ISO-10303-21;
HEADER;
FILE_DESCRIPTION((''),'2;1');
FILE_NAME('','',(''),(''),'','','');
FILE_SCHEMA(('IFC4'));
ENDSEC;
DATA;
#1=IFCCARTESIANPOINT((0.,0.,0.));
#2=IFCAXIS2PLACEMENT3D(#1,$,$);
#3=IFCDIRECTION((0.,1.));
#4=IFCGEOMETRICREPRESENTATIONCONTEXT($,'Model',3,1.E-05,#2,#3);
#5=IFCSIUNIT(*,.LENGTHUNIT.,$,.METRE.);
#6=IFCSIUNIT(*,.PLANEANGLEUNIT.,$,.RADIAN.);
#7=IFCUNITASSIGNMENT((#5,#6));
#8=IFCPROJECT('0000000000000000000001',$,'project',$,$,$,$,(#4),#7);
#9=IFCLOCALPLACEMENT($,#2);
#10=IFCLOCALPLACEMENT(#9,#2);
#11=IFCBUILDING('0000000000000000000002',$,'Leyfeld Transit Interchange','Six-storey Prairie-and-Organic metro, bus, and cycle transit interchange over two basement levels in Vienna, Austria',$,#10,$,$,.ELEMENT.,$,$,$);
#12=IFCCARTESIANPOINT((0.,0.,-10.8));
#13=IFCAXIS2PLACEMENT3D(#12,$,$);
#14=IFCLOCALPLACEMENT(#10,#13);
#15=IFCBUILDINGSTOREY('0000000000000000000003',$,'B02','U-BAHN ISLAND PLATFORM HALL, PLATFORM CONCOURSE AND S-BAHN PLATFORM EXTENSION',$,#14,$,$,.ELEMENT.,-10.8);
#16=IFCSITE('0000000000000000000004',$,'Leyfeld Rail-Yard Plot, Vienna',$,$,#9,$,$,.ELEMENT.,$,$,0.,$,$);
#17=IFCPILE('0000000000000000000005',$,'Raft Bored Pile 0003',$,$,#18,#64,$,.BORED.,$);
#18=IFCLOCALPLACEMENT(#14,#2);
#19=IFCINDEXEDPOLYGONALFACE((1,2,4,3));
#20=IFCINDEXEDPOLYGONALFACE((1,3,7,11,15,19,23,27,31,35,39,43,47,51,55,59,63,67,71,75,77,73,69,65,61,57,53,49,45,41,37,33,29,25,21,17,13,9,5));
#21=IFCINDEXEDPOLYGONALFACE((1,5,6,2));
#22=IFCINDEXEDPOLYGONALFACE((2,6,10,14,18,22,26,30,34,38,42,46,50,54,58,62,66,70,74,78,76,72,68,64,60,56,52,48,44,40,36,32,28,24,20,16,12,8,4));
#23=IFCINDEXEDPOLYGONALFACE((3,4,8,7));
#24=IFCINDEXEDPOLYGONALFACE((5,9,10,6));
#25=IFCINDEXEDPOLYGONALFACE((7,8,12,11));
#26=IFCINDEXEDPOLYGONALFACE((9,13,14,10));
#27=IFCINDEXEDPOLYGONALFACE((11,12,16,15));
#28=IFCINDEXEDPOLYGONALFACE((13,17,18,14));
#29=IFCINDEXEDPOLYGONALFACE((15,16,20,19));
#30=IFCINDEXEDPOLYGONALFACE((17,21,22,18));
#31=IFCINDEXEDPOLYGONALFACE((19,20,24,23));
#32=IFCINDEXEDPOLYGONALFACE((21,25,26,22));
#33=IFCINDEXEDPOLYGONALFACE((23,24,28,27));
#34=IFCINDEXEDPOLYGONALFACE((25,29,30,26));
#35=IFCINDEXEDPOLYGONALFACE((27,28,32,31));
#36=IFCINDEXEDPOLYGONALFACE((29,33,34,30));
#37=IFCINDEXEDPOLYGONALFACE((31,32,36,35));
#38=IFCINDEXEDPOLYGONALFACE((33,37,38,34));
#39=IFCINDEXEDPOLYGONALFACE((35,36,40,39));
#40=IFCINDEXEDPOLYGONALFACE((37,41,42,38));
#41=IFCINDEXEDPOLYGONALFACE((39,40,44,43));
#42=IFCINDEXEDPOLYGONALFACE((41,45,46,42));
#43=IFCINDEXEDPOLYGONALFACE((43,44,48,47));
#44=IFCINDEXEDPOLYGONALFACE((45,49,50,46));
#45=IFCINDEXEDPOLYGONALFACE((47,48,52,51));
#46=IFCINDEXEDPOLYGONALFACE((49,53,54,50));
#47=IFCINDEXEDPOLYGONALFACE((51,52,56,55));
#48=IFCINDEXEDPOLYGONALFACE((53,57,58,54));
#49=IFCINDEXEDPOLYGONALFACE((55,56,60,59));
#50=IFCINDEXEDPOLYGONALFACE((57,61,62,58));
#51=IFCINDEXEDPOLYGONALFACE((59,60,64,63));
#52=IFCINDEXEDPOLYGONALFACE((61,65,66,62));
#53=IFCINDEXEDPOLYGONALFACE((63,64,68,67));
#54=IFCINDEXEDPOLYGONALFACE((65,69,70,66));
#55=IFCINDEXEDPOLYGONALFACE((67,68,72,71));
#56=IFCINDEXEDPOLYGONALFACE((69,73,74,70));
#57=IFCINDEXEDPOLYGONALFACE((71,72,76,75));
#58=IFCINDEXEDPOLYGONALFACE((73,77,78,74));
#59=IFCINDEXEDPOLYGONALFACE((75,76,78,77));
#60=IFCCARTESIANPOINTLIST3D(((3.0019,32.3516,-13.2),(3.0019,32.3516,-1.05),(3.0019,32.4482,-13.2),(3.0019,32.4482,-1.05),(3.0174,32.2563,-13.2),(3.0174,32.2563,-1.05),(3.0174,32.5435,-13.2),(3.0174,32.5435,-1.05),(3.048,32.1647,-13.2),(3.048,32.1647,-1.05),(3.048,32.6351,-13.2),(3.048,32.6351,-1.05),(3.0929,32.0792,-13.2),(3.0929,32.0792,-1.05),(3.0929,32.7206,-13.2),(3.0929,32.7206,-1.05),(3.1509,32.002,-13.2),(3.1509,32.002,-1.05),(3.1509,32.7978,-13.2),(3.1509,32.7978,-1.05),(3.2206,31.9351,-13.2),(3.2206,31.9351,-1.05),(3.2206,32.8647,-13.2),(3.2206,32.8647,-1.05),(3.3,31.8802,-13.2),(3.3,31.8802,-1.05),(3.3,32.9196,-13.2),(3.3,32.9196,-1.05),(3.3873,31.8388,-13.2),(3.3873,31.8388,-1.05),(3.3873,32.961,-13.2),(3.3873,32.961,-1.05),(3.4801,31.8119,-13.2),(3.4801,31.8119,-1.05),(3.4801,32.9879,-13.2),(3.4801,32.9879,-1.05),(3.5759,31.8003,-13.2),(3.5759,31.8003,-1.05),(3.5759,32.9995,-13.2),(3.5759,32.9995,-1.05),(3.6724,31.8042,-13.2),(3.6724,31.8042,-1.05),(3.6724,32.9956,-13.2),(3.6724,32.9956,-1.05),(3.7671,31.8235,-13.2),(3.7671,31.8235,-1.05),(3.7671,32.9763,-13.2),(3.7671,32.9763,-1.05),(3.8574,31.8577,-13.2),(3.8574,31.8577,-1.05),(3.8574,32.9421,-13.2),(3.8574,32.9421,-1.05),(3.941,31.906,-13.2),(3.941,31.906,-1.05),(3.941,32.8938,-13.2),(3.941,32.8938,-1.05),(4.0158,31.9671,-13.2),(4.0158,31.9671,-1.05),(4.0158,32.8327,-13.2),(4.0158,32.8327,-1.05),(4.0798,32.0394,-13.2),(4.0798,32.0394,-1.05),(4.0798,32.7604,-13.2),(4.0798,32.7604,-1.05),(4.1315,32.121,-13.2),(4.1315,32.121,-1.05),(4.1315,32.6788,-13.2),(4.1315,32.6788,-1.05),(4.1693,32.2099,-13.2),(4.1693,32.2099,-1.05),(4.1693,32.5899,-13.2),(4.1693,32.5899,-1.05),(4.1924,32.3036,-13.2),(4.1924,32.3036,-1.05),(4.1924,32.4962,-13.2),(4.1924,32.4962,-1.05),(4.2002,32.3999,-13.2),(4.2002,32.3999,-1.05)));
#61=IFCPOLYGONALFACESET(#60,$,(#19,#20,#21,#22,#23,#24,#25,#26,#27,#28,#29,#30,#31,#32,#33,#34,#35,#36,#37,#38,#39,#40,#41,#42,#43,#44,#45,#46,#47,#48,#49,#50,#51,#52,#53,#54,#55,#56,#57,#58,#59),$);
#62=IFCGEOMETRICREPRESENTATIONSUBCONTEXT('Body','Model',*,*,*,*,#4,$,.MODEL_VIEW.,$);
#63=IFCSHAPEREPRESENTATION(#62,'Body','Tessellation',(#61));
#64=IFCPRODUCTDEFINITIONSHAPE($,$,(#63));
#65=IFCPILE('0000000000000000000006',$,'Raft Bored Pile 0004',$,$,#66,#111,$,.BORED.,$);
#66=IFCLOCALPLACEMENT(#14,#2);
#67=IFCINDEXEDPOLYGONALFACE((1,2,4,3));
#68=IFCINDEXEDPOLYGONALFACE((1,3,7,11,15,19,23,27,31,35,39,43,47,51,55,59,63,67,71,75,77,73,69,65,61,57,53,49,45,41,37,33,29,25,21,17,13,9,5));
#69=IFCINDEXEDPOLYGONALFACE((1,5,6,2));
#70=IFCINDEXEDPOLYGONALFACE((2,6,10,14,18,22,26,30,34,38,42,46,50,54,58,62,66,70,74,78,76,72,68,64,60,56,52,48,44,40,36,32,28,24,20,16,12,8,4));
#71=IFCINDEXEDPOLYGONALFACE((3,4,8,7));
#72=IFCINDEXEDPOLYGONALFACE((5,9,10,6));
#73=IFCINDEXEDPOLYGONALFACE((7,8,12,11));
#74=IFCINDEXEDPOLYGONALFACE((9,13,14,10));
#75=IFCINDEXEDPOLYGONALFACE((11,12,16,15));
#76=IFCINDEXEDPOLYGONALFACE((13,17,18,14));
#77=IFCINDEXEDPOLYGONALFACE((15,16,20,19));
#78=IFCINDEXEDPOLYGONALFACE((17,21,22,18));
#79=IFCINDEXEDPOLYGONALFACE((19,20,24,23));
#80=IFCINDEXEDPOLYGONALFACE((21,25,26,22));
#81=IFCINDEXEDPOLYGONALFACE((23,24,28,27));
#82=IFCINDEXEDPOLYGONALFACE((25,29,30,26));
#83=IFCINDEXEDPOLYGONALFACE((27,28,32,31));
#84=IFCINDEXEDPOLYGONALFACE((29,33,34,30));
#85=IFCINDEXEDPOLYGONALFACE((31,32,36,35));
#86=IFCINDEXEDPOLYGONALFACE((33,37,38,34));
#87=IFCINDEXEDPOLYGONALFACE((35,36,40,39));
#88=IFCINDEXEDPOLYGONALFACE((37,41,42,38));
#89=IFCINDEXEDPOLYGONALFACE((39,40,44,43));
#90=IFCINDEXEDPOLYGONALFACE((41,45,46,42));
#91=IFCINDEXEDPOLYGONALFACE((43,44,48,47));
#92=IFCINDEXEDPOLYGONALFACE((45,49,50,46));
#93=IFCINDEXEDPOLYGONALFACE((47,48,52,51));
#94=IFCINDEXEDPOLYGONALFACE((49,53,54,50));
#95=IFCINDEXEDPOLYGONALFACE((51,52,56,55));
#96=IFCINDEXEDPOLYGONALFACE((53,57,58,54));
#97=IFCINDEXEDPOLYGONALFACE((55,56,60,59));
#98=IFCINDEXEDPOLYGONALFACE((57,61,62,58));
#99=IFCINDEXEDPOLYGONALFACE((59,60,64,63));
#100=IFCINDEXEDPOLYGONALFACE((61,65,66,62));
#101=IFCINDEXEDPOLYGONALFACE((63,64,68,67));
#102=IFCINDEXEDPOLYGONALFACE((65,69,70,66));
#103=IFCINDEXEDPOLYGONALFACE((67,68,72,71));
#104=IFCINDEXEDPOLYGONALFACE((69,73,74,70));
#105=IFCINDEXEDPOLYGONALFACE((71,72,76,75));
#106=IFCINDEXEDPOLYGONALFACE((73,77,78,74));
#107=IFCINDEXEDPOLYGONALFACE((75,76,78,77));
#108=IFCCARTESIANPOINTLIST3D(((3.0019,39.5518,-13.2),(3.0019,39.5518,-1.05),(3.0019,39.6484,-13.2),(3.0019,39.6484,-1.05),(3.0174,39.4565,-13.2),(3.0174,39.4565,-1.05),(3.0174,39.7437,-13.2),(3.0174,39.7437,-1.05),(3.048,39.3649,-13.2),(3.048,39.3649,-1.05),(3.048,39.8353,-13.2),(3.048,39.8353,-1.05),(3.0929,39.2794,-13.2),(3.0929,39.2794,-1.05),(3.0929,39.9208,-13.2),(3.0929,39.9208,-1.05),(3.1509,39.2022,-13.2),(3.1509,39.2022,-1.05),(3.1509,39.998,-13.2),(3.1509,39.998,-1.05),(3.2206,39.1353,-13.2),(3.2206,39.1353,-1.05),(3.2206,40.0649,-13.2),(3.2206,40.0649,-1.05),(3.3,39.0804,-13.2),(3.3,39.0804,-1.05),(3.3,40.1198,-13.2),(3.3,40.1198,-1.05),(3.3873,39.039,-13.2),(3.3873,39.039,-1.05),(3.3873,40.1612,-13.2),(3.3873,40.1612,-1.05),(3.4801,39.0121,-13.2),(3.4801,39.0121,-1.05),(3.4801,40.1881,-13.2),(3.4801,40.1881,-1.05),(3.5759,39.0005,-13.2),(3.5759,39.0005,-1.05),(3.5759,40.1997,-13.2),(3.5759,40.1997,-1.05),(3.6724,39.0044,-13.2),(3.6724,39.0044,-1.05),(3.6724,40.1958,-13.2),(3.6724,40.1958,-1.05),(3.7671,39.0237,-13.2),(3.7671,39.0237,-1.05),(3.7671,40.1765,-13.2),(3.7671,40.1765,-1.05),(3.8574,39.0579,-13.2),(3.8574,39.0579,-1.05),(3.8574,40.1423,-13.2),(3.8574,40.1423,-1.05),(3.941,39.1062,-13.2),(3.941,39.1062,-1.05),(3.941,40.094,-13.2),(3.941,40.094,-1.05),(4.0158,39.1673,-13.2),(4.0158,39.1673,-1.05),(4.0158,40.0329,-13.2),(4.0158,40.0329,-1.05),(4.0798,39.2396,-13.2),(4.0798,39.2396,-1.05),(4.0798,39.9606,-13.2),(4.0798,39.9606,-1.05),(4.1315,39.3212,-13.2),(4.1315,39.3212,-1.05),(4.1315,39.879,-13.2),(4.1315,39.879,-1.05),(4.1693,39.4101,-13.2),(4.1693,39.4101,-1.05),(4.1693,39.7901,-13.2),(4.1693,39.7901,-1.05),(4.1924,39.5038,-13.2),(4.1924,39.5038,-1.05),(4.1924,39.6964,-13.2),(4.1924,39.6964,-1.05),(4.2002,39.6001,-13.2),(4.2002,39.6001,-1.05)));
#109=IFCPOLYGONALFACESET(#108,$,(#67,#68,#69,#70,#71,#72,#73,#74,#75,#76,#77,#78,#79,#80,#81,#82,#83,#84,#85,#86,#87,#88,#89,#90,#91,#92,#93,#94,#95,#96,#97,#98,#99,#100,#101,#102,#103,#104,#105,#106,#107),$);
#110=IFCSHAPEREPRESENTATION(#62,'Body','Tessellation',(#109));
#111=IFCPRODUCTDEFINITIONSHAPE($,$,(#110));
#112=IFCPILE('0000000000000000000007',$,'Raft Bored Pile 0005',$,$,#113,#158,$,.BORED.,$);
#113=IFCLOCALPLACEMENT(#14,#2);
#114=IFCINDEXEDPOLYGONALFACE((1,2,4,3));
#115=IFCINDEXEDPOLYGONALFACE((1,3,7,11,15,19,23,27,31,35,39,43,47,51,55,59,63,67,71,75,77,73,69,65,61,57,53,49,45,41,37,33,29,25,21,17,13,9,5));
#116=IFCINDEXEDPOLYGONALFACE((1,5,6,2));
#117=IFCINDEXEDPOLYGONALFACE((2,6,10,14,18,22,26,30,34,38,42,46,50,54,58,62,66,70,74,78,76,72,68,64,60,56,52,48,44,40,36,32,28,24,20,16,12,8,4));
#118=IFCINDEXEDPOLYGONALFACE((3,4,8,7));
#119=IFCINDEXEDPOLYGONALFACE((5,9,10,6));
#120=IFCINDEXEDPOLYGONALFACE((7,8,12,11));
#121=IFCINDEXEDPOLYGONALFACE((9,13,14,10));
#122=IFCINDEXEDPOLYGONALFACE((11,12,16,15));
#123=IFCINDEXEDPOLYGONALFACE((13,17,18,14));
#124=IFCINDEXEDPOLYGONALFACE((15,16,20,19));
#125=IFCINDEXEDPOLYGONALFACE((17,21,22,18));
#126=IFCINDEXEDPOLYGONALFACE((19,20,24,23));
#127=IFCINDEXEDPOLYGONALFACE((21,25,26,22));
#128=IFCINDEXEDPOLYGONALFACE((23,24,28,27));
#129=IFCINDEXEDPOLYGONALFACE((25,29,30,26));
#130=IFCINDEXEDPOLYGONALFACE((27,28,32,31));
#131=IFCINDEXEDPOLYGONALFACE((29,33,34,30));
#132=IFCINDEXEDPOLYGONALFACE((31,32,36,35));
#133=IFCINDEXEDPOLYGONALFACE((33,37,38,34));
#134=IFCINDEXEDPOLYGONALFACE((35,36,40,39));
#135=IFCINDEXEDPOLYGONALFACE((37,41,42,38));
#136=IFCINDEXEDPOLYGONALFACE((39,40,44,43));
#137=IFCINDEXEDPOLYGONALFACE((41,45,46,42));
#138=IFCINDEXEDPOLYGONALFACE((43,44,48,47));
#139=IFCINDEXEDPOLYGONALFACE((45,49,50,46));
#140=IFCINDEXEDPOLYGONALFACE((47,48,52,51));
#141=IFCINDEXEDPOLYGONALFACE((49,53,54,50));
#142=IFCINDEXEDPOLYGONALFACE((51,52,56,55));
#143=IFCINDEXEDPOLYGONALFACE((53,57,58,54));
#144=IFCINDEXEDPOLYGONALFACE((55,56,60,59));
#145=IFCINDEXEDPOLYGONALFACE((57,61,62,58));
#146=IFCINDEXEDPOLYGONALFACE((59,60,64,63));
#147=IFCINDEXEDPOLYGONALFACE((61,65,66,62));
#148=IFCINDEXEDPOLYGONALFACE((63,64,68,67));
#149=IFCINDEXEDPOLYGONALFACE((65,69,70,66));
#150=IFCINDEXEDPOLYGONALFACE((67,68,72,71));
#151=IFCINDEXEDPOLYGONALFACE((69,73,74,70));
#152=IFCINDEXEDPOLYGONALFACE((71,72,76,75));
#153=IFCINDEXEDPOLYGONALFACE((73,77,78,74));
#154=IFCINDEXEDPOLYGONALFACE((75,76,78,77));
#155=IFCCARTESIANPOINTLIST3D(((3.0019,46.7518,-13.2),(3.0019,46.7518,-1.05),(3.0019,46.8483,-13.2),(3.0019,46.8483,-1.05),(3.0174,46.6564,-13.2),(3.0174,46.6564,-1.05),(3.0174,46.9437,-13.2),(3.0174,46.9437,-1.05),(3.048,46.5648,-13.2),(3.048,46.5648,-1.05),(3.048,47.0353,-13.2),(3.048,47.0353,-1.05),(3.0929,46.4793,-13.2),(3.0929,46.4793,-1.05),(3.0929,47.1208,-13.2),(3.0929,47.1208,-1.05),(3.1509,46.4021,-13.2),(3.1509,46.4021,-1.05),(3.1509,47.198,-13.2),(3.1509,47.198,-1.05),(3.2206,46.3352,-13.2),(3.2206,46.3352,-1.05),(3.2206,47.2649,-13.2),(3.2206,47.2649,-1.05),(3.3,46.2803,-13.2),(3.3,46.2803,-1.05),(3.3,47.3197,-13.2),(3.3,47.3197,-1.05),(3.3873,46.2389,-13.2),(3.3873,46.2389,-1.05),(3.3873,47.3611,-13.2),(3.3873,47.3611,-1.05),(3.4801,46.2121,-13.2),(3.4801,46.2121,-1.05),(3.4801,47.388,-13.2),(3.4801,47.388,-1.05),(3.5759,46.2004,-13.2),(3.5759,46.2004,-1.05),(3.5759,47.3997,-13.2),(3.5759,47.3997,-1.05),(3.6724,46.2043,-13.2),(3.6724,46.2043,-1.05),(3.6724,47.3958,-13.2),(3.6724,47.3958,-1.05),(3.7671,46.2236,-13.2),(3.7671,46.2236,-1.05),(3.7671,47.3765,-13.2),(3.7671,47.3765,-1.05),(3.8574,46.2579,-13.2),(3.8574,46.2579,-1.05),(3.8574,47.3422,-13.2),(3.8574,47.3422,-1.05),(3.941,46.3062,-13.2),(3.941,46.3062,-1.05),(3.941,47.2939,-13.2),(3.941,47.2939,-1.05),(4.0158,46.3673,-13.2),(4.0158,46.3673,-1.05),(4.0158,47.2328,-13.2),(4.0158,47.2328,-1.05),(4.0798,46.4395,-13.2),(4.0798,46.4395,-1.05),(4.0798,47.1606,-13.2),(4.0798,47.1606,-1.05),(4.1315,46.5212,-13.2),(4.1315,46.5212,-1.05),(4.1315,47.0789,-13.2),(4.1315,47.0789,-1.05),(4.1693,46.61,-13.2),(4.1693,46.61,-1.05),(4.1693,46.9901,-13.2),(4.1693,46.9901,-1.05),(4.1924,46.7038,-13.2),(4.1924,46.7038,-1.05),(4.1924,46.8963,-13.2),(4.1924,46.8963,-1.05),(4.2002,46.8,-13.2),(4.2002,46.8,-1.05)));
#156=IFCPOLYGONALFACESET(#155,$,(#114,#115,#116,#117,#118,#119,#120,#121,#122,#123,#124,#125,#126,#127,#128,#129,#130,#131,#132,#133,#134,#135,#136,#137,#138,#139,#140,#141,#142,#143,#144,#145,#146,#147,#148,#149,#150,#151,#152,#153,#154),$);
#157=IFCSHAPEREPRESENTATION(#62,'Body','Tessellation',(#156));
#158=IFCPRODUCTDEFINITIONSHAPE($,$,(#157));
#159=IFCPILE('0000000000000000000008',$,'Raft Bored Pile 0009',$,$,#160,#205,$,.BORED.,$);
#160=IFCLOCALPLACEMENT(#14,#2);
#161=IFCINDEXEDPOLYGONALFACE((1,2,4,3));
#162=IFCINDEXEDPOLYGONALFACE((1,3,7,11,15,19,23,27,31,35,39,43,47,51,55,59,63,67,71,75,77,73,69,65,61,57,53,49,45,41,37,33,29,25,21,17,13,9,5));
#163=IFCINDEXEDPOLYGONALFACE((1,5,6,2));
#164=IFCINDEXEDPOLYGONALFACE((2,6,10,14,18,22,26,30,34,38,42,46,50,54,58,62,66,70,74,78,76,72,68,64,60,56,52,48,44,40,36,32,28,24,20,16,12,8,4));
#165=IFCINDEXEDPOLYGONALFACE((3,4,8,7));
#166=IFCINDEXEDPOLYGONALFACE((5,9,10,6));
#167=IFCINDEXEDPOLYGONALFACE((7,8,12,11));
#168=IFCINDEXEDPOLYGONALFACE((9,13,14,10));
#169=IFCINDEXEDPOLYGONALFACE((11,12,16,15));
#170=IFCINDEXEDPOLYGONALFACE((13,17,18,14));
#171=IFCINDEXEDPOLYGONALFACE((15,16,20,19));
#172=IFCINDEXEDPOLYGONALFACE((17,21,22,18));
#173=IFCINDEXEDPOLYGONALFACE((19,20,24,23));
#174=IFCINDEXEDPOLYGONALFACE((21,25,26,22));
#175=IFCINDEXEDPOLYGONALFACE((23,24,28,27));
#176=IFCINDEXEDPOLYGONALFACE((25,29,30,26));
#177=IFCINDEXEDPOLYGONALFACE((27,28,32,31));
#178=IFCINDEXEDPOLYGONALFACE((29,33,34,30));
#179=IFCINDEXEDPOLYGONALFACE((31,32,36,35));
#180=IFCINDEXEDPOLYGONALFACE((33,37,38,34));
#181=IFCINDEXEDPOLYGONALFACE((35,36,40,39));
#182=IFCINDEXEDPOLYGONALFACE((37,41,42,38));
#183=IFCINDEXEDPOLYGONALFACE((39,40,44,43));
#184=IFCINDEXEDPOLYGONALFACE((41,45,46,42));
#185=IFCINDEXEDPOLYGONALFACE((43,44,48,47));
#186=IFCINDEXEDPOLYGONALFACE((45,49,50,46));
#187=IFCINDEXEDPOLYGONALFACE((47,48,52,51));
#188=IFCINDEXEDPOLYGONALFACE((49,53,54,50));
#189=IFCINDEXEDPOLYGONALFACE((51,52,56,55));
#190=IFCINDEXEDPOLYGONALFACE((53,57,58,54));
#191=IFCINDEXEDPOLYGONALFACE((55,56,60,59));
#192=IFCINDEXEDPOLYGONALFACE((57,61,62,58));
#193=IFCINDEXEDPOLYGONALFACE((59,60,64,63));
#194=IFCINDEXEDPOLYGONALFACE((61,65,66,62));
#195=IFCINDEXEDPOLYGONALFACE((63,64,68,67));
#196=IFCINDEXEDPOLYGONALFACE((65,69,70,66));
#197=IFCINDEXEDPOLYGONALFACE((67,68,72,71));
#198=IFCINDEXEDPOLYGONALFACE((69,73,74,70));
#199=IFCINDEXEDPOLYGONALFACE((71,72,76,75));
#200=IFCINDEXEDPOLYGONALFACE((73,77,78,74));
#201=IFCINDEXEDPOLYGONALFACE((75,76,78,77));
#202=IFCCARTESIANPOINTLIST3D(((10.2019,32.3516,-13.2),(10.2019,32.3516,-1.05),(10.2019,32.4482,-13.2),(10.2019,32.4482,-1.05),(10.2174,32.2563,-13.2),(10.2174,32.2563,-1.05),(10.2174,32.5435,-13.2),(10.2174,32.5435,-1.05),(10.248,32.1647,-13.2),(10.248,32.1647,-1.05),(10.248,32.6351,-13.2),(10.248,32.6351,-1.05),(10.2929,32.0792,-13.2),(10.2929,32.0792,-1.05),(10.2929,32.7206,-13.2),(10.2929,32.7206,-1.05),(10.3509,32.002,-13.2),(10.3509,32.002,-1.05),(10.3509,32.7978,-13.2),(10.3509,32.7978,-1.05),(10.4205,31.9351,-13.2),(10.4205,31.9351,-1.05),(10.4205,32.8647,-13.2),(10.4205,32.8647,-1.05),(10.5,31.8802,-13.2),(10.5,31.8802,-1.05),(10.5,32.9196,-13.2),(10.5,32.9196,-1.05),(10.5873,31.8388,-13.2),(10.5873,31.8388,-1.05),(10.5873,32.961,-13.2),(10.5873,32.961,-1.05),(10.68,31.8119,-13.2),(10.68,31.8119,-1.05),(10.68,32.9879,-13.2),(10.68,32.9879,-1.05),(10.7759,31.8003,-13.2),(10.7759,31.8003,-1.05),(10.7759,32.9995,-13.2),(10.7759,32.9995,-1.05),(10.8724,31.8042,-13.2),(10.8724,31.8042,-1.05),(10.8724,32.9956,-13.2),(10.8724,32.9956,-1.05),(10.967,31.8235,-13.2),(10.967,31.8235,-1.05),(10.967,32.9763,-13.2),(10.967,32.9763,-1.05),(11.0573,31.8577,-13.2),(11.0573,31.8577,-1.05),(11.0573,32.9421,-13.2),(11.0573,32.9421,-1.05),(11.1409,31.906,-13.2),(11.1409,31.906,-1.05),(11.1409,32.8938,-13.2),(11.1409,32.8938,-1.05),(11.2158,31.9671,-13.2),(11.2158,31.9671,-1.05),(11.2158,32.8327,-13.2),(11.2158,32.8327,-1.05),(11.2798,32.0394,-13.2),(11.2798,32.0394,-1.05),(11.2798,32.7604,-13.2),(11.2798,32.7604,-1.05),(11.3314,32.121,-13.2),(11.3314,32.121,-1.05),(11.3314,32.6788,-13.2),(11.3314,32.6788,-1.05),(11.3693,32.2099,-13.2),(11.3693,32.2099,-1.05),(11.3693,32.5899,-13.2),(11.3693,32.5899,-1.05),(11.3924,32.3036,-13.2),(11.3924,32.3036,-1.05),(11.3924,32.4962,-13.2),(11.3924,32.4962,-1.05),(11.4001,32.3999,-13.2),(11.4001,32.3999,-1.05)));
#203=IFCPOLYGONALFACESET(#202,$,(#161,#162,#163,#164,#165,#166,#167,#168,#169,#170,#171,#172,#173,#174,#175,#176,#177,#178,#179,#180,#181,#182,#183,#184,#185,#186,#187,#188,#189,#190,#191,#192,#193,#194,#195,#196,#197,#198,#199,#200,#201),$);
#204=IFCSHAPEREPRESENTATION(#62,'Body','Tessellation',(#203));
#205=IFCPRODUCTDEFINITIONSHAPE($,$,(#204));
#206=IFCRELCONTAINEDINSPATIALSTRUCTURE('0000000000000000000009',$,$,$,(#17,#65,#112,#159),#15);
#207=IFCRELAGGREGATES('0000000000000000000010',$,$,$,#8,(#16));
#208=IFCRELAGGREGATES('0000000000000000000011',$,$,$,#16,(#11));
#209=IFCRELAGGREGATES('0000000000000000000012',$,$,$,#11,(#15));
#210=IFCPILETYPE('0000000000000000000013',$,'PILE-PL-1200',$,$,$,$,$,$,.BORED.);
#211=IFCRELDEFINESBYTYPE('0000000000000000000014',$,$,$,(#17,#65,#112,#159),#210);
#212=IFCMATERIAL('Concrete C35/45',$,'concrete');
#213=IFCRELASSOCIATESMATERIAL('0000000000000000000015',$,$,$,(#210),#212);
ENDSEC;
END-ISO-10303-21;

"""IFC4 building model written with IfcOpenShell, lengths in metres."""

from ifc_helpers import new_model, si_unit, direction, frame, origin, origin_2d, place, context, subcontext, project, spatial, circle, extrude, material, material_profile, profile_set, type_object, element, save


model = new_model("IFC4")

# Units and contexts
model_context = context("Model", 3, precision=1e-05, world=origin(), true_north=direction((0.0, 1.0)))
body_context = subcontext(model_context, "Body", "Model", "MODEL_VIEW")
ifc_project = project(units=[si_unit("LENGTHUNIT", "METRE"), si_unit("PLANEANGLEUNIT", "RADIAN")], contexts=[model_context])

# Site, building, storey
site_placement = place(None, origin())
site = spatial("IfcSite", under=ifc_project, at=site_placement, Name="Leyfeld Rail-Yard Plot, Vienna", CompositionType="ELEMENT", RefElevation=0.0)
building_placement = place(site_placement, origin())
building = spatial("IfcBuilding", under=site, at=building_placement, Name="Leyfeld Transit Interchange", Description="Six-storey Prairie-and-Organic metro, bus, and cycle transit interchange over two basement levels in Vienna, Austria", CompositionType="ELEMENT")
storey_placement = place(building_placement, frame((0.0, 0.0, -10.8)))
storey = spatial("IfcBuildingStorey", under=building, at=storey_placement, Name="B02", Description="U-BAHN ISLAND PLATFORM HALL, PLATFORM CONCOURSE AND S-BAHN PLATFORM EXTENSION", CompositionType="ELEMENT", Elevation=-10.8)

# Piles
ifc_material_1 = material(Name="Concrete C35/45", Category="concrete")
ifc_material_profile_1 = material_profile(ifc_material_1, circle(Radius=0.6001, at=origin_2d()), Name="PILE D1200")
ifc_profile_set_1 = profile_set([ifc_material_profile_1], Name="Concrete C35/45")
pile_type = type_object("IfcPileType", Name="PILE-PL-1200", PredefinedType="BORED", material=ifc_profile_set_1)
for number, where, z_axis, x_axis, name in (
    (1, (3.6001, 32.3999, -1.05), (0.0, 0.0, -1.0), (1.0, 0.0, 0.0), "Raft Bored Pile 0003"),
    (2, (3.6001, 39.6001, -1.05), (0.0, 0.0, -1.0), (1.0, 0.0, 0.0), "Raft Bored Pile 0004"),
    (3, (3.6001, 46.8, -1.05), (0.0, 0.0, -1.0), (1.0, 0.0, 0.0), "Raft Bored Pile 0005"),
    (4, (10.8, 32.3999, -1.05), (0.0, 0.0, -1.0), (1.0, 0.0, 0.0), "Raft Bored Pile 0009"),
):
    element("IfcPile", number, at=place(storey_placement, frame(where, z_axis=z_axis, x_axis=x_axis)), inside=storey, type_object=pile_type, Name=name, PredefinedType="BORED", context=body_context, shape_type="SweptSolid", body=[
        extrude(circle(Radius=0.6001, at=origin_2d()), origin(), (0.0, 0.0, 1.0), 12.1499),
    ])

save(model, "model.ifc")
